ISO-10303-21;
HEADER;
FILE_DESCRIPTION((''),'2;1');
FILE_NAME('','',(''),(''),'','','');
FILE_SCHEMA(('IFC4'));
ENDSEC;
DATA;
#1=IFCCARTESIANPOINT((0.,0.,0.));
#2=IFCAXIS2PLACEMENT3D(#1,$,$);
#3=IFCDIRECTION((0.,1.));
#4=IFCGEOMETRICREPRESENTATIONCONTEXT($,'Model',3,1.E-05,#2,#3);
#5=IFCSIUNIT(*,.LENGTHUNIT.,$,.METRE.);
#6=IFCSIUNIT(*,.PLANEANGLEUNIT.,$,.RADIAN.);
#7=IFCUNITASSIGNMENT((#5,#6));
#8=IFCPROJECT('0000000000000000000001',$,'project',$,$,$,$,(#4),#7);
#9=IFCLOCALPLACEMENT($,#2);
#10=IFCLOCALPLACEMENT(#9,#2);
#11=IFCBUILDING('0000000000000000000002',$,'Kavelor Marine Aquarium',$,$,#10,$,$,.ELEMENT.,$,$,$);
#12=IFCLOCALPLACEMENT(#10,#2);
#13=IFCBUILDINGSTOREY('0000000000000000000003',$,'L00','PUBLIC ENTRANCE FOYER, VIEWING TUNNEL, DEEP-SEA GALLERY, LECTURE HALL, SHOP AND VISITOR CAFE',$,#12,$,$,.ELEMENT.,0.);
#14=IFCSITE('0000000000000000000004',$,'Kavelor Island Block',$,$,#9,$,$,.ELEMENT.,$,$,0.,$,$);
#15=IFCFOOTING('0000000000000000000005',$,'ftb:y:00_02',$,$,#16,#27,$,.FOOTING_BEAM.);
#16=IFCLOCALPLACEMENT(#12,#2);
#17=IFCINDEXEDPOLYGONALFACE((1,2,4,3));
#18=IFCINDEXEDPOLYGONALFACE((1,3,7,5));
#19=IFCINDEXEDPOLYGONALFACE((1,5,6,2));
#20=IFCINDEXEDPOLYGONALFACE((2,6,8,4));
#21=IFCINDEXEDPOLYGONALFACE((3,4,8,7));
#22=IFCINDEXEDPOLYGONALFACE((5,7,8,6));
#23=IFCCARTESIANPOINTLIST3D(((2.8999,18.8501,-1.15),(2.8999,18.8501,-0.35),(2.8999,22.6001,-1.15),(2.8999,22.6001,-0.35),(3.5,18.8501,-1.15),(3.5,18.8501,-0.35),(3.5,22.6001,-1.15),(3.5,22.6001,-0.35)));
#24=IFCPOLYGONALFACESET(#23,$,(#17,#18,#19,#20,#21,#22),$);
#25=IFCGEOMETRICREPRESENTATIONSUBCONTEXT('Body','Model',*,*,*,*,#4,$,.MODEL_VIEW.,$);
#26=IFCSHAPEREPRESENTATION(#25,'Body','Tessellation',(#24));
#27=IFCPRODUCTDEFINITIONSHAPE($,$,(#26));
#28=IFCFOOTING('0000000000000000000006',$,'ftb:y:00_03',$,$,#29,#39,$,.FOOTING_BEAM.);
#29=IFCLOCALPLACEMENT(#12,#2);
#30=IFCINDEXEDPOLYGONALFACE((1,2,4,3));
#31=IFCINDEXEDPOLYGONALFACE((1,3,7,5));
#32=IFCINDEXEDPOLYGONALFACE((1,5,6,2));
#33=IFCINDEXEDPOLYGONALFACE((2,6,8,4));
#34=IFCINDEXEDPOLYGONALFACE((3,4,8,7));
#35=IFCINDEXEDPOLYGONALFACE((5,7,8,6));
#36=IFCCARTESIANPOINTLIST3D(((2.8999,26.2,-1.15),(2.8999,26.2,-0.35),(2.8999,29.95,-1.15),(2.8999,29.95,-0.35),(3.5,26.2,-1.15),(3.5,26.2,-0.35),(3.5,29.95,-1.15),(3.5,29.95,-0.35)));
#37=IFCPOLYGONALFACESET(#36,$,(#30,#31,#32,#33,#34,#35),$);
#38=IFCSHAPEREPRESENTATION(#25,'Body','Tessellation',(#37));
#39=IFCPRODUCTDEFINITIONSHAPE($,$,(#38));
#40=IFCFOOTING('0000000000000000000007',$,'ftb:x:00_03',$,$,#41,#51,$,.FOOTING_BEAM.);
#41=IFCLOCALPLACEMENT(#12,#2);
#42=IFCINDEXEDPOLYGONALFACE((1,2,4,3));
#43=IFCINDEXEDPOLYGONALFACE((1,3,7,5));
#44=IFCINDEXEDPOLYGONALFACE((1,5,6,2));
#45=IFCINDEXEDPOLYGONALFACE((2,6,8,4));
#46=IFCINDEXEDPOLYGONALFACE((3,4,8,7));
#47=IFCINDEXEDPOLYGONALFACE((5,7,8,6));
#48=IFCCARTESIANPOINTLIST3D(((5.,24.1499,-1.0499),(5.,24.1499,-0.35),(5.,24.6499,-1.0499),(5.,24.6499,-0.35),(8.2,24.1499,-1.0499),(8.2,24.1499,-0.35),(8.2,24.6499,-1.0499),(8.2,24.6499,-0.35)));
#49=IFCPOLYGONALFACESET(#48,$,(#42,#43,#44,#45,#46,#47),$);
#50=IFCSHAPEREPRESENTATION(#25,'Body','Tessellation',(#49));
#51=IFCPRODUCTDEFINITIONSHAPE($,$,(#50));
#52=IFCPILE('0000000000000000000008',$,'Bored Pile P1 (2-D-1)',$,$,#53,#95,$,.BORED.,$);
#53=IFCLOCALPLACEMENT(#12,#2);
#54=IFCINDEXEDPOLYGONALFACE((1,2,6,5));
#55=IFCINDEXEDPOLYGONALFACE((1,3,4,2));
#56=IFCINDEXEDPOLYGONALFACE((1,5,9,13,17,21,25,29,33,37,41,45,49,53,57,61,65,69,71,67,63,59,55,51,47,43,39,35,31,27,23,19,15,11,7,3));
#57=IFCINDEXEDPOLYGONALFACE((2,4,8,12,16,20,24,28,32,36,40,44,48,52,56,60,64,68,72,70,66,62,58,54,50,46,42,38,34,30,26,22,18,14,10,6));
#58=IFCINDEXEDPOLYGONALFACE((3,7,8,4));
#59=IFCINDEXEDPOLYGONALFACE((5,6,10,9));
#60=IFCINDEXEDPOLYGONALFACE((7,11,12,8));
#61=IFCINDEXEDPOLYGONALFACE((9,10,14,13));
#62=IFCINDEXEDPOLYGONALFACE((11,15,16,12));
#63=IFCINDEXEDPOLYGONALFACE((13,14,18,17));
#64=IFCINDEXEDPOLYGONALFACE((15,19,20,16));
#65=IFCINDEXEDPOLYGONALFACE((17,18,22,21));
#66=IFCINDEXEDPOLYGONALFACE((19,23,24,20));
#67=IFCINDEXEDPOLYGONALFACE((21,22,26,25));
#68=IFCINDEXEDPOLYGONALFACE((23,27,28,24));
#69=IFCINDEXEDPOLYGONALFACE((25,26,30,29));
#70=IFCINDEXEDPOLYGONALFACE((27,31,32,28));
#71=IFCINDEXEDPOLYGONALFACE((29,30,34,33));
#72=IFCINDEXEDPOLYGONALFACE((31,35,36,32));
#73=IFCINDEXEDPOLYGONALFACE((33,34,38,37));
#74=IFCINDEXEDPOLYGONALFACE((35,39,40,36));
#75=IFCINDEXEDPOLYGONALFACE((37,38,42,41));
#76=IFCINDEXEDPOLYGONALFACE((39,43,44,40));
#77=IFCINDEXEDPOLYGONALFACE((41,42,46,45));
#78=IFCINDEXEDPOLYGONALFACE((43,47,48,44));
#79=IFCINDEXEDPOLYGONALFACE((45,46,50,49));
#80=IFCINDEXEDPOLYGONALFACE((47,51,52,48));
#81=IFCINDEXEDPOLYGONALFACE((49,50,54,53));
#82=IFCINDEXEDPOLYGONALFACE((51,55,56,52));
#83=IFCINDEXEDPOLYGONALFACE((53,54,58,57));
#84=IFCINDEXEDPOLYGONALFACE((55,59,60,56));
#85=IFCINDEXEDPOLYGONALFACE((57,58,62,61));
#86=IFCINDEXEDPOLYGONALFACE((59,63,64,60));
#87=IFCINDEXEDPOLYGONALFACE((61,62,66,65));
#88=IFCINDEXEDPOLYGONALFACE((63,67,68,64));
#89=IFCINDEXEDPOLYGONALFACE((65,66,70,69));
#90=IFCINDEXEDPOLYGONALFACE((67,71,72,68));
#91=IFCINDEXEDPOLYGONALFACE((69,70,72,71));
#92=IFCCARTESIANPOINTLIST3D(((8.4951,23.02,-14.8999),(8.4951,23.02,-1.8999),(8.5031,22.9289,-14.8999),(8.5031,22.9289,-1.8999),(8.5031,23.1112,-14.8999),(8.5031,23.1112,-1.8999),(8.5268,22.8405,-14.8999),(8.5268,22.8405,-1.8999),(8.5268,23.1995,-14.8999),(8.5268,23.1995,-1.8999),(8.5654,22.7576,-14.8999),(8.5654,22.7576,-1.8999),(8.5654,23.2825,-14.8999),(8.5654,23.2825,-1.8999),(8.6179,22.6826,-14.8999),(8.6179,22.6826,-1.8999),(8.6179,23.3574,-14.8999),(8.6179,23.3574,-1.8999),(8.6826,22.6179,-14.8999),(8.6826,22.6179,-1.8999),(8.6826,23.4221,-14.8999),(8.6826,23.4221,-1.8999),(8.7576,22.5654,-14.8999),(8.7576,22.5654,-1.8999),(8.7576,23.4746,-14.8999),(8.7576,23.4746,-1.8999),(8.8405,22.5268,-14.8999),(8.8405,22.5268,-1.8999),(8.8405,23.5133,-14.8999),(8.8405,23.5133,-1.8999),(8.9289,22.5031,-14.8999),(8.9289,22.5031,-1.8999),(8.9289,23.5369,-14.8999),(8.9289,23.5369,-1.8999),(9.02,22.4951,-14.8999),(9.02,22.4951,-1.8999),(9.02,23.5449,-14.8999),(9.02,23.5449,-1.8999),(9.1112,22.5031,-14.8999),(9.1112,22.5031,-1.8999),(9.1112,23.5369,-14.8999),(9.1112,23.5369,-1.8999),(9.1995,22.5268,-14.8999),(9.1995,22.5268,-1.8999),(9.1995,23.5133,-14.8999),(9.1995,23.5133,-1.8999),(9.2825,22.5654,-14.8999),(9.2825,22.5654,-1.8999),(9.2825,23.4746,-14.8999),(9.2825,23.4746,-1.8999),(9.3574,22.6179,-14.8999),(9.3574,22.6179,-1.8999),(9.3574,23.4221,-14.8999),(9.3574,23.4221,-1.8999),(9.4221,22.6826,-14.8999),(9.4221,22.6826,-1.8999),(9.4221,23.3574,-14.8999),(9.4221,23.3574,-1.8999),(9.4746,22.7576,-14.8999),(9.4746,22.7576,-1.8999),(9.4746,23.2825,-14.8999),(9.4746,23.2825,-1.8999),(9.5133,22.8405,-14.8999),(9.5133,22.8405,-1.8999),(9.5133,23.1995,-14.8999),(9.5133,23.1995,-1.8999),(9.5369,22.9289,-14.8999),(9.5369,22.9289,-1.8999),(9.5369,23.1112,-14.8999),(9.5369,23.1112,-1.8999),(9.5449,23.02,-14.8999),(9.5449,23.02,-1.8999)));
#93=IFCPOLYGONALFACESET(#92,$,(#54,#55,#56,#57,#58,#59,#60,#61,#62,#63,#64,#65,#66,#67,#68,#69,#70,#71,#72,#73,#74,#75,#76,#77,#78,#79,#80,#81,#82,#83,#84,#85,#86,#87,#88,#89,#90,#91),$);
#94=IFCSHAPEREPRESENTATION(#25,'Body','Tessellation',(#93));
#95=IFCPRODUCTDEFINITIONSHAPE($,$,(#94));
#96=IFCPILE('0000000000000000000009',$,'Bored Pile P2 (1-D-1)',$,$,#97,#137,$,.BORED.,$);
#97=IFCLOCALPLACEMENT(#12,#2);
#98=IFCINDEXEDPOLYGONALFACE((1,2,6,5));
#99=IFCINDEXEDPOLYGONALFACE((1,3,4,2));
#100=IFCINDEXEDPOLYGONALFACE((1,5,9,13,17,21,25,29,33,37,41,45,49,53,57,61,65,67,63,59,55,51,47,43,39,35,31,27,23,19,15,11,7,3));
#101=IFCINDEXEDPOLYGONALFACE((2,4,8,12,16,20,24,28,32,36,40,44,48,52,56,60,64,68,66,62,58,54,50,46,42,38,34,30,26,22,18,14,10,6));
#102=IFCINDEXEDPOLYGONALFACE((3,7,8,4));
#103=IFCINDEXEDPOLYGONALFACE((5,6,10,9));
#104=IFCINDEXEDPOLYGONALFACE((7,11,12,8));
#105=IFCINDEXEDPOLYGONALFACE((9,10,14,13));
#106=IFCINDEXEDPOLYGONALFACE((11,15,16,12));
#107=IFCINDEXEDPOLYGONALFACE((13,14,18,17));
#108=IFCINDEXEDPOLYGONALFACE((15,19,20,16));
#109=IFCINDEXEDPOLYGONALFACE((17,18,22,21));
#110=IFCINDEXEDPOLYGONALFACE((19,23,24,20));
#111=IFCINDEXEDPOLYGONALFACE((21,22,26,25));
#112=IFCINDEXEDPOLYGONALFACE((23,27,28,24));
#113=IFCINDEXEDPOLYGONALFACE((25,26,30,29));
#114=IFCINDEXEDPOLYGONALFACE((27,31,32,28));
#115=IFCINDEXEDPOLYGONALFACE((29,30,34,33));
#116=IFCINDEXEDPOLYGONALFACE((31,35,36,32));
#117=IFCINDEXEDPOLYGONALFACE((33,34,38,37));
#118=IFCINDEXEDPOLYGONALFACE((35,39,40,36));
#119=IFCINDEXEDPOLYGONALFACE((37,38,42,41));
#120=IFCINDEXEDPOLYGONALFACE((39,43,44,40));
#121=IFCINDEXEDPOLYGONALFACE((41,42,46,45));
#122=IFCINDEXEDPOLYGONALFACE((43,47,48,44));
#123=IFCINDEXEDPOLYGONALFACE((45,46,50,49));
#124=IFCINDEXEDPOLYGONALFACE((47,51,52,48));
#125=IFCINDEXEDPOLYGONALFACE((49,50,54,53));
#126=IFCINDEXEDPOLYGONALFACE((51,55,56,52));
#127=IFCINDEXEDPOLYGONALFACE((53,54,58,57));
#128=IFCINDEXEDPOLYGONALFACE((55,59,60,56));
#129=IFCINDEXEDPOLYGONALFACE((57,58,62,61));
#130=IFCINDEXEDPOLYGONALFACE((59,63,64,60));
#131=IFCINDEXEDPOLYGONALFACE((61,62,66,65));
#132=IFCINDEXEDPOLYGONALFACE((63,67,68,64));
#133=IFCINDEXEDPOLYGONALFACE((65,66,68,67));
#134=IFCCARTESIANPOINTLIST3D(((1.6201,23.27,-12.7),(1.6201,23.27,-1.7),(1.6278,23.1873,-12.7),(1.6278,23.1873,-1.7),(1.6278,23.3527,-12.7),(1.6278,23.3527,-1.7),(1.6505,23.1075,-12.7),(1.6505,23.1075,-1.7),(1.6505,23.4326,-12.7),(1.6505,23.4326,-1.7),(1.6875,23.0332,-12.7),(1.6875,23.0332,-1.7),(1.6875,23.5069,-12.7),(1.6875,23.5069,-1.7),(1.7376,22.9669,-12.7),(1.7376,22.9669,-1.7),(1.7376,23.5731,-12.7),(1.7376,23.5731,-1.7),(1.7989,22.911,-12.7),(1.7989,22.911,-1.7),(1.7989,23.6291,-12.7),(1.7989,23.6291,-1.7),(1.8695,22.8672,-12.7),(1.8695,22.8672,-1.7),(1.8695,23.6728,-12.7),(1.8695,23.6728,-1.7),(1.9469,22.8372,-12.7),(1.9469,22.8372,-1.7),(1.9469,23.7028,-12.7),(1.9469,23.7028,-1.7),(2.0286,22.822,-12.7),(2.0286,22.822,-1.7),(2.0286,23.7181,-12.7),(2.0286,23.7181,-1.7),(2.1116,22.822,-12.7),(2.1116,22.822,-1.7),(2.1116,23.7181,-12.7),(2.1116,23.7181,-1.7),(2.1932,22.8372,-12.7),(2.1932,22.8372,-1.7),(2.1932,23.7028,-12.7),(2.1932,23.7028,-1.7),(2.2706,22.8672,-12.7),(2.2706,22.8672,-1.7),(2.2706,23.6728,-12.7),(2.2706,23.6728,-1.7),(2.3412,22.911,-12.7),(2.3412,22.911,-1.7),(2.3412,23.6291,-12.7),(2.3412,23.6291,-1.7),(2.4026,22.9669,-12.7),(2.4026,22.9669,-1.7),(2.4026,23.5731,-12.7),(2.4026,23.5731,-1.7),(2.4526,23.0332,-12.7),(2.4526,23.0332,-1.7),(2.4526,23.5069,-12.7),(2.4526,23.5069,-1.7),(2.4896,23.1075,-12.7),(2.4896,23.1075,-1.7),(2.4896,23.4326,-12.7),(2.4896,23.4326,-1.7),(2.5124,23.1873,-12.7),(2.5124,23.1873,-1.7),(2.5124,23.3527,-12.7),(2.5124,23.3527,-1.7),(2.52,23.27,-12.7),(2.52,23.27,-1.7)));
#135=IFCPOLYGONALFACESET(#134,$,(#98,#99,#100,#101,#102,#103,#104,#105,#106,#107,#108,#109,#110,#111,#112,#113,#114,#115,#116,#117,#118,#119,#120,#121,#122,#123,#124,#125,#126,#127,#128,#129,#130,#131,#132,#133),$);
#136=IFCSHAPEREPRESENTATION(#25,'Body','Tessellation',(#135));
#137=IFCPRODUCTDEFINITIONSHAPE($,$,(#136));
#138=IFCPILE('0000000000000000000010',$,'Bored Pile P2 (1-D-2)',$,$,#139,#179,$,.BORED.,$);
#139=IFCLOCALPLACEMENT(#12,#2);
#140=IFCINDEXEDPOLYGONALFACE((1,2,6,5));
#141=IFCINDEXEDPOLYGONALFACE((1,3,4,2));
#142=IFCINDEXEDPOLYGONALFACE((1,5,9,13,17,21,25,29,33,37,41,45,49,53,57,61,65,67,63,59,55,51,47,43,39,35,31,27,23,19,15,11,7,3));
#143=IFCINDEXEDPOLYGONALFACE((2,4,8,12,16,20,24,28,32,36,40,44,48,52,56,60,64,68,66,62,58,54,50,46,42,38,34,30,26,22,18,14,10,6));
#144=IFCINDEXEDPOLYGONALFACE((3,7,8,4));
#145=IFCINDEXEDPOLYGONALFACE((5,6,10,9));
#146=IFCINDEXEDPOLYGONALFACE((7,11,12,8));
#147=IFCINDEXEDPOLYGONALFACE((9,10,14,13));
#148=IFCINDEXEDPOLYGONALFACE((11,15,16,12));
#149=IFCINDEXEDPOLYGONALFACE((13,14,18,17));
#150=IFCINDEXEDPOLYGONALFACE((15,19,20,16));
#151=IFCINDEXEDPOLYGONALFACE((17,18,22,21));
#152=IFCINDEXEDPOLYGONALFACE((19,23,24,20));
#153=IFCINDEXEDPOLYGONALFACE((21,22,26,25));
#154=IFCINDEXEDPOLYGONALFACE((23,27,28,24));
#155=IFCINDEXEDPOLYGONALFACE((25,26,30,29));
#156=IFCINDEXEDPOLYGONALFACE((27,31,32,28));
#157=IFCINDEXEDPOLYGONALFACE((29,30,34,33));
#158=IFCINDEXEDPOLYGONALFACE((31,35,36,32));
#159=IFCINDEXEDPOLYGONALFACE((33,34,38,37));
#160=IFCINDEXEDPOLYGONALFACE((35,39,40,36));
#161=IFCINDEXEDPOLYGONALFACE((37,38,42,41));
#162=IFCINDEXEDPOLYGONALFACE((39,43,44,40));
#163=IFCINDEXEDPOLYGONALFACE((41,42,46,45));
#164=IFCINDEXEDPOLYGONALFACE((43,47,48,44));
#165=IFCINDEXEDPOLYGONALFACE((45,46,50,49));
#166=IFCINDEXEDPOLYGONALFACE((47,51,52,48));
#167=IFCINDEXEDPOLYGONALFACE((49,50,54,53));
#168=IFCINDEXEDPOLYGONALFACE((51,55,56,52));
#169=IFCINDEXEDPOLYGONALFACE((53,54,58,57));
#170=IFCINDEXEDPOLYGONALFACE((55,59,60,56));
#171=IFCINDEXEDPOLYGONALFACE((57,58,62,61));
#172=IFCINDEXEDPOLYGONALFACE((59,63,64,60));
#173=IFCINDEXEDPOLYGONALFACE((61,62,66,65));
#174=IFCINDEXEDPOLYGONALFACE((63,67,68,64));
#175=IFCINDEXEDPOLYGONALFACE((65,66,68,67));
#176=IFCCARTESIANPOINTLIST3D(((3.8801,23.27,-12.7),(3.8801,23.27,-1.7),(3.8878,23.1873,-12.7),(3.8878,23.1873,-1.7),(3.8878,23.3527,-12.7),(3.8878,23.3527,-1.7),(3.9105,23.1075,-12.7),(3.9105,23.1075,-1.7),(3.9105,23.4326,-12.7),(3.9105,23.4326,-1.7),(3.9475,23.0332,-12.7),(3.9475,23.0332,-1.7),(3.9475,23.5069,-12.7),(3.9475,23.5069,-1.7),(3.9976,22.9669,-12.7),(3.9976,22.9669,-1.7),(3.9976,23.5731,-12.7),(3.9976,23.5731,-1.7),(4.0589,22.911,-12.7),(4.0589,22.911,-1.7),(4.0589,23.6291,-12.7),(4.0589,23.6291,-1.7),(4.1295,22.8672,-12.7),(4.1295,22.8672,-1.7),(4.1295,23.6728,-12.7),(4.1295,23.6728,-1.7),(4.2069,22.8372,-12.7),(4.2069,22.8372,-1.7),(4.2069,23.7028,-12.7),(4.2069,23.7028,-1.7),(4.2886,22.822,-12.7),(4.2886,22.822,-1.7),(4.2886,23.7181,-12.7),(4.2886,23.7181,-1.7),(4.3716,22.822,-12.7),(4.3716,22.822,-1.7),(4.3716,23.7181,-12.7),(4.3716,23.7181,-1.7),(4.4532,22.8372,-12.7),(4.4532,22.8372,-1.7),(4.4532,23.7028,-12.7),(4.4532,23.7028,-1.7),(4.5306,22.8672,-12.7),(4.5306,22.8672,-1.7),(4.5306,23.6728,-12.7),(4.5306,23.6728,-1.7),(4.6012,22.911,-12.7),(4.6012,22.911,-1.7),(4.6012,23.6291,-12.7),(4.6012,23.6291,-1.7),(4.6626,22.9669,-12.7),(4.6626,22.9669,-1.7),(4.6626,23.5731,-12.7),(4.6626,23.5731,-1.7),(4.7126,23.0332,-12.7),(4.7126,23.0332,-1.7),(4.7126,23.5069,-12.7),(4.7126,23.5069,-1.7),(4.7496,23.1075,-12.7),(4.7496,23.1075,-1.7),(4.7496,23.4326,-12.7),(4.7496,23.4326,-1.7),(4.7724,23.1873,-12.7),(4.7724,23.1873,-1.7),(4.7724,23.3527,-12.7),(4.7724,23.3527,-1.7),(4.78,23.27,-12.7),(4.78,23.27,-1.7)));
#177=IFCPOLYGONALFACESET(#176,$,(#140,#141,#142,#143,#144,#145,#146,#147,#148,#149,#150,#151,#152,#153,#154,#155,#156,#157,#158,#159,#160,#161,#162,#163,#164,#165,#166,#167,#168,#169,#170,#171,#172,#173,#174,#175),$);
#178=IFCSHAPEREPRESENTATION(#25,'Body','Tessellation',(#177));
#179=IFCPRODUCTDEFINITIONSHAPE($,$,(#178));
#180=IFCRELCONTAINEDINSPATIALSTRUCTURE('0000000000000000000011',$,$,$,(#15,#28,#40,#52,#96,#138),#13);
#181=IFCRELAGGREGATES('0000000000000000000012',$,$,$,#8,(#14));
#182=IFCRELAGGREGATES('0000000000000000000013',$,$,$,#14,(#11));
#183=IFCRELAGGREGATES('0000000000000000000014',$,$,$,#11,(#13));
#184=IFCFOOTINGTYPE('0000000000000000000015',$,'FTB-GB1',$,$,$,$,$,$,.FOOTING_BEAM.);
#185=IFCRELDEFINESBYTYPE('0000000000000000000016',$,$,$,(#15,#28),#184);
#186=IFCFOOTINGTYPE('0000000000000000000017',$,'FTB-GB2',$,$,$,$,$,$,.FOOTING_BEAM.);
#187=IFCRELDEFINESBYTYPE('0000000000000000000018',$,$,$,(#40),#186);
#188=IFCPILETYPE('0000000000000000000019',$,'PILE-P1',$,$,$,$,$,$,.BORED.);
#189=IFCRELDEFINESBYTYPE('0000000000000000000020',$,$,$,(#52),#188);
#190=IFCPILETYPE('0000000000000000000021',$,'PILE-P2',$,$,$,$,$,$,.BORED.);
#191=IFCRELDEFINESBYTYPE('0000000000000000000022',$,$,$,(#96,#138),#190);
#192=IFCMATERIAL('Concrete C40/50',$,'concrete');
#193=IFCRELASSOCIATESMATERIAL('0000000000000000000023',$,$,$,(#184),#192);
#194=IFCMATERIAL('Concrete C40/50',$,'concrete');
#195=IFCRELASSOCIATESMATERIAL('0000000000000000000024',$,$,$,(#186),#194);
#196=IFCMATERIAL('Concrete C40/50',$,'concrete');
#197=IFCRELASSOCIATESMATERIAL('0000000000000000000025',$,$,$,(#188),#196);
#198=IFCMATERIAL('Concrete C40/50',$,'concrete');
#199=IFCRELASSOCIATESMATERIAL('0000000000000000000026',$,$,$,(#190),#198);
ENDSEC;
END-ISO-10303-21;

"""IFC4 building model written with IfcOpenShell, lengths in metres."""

from ifc_helpers import new_model, si_unit, direction, frame, origin, origin_2d, place, context, subcontext, project, spatial, rectangle, circle, extrude, material, material_profile, profile_set, type_object, element, save


model = new_model("IFC4")

# Units and contexts
model_context = context("Model", 3, precision=1e-05, world=origin(), true_north=direction((0.0, 1.0)))
body_context = subcontext(model_context, "Body", "Model", "MODEL_VIEW")
ifc_project = project(units=[si_unit("LENGTHUNIT", "METRE"), si_unit("PLANEANGLEUNIT", "RADIAN")], contexts=[model_context])

# Site, building, storey
site_placement = place(None, origin())
site = spatial("IfcSite", under=ifc_project, at=site_placement, Name="Kavelor Island Block", CompositionType="ELEMENT", RefElevation=0.0)
building_placement = place(site_placement, origin())
building = spatial("IfcBuilding", under=site, at=building_placement, Name="Kavelor Marine Aquarium", CompositionType="ELEMENT")
storey_placement = place(building_placement, origin())
storey = spatial("IfcBuildingStorey", under=building, at=storey_placement, Name="L00", Description="PUBLIC ENTRANCE FOYER, VIEWING TUNNEL, DEEP-SEA GALLERY, LECTURE HALL, SHOP AND VISITOR CAFE", CompositionType="ELEMENT", Elevation=0.0)

# Footings
ifc_material_1 = material(Name="Concrete C40/50", Category="concrete")
ifc_material_profile_1 = material_profile(ifc_material_1, rectangle(XDim=0.6001, YDim=0.8, at=origin_2d()), Name="GB 600x800")
ifc_profile_set_1 = profile_set([ifc_material_profile_1], Name="Concrete C40/50")
footing_type_1 = type_object("IfcFootingType", Name="FTB-GB1", PredefinedType="FOOTING_BEAM", material=ifc_profile_set_1)
for number, where, z_axis, x_axis, name in (
    (1, (3.2, 18.8501, -0.75), (0.0, 1.0, 0.0), (-1.0, 0.0, 0.0), "ftb:y:00_02"),
    (2, (3.2, 26.2, -0.75), (0.0, 1.0, 0.0), (-1.0, 0.0, 0.0), "ftb:y:00_03"),
):
    element("IfcFooting", number, at=place(storey_placement, frame(where, z_axis=z_axis, x_axis=x_axis)), inside=storey, type_object=footing_type_1, Name=name, PredefinedType="FOOTING_BEAM", context=body_context, shape_type="SweptSolid", body=[
        extrude(rectangle(XDim=0.6001, YDim=0.8, at=origin_2d()), origin(), (0.0, 0.0, 1.0), 3.75),
    ])
ifc_material_2 = material(Name="Concrete C40/50", Category="concrete")
ifc_material_profile_2 = material_profile(ifc_material_2, rectangle(XDim=0.5, YDim=0.7, at=origin_2d()), Name="GB 500x700")
ifc_profile_set_2 = profile_set([ifc_material_profile_2], Name="Concrete C40/50")
footing_type_2 = type_object("IfcFootingType", Name="FTB-GB2", PredefinedType="FOOTING_BEAM", material=ifc_profile_set_2)
footing_placement = place(storey_placement, frame((5.0, 24.3999, -0.7), z_axis=(1.0, 0.0, 0.0), x_axis=(0.0, 1.0, 0.0)))
element("IfcFooting", 3, at=footing_placement, inside=storey, type_object=footing_type_2, Name="ftb:x:00_03", PredefinedType="FOOTING_BEAM", context=body_context, shape_type="SweptSolid", body=[
    extrude(rectangle(XDim=0.5, YDim=0.7, at=origin_2d()), origin(), (0.0, 0.0, 1.0), 3.2),
])

# Piles
ifc_material_3 = material(Name="Concrete C40/50", Category="concrete")
ifc_material_profile_3 = material_profile(ifc_material_3, circle(Radius=0.5249, at=origin_2d()), Name="PILE D1050")
ifc_profile_set_3 = profile_set([ifc_material_profile_3], Name="Concrete C40/50")
pile_type_1 = type_object("IfcPileType", Name="PILE-P1", PredefinedType="BORED", material=ifc_profile_set_3)
pile_placement = place(storey_placement, frame((9.02, 23.02, -1.8999), z_axis=(0.0, 0.0, -1.0), x_axis=(1.0, 0.0, 0.0)))
element("IfcPile", 4, at=pile_placement, inside=storey, type_object=pile_type_1, Name="Bored Pile P1 (2-D-1)", PredefinedType="BORED", context=body_context, shape_type="SweptSolid", body=[
    extrude(circle(Radius=0.5249, at=origin_2d()), origin(), (0.0, 0.0, 1.0), 13.0),
])
ifc_material_4 = material(Name="Concrete C40/50", Category="concrete")
ifc_material_profile_4 = material_profile(ifc_material_4, circle(Radius=0.45, at=origin_2d()), Name="PILE D900")
ifc_profile_set_4 = profile_set([ifc_material_profile_4], Name="Concrete C40/50")
pile_type_2 = type_object("IfcPileType", Name="PILE-P2", PredefinedType="BORED", material=ifc_profile_set_4)
for number, where, z_axis, x_axis, name in (
    (5, (2.0701, 23.27, -1.7), (0.0, 0.0, -1.0), (1.0, 0.0, 0.0), "Bored Pile P2 (1-D-1)"),
    (6, (4.3301, 23.27, -1.7), (0.0, 0.0, -1.0), (1.0, 0.0, 0.0), "Bored Pile P2 (1-D-2)"),
):
    element("IfcPile", number, at=place(storey_placement, frame(where, z_axis=z_axis, x_axis=x_axis)), inside=storey, type_object=pile_type_2, Name=name, PredefinedType="BORED", context=body_context, shape_type="SweptSolid", body=[
        extrude(circle(Radius=0.45, at=origin_2d()), origin(), (0.0, 0.0, 1.0), 11.0),
    ])

save(model, "model.ifc")
